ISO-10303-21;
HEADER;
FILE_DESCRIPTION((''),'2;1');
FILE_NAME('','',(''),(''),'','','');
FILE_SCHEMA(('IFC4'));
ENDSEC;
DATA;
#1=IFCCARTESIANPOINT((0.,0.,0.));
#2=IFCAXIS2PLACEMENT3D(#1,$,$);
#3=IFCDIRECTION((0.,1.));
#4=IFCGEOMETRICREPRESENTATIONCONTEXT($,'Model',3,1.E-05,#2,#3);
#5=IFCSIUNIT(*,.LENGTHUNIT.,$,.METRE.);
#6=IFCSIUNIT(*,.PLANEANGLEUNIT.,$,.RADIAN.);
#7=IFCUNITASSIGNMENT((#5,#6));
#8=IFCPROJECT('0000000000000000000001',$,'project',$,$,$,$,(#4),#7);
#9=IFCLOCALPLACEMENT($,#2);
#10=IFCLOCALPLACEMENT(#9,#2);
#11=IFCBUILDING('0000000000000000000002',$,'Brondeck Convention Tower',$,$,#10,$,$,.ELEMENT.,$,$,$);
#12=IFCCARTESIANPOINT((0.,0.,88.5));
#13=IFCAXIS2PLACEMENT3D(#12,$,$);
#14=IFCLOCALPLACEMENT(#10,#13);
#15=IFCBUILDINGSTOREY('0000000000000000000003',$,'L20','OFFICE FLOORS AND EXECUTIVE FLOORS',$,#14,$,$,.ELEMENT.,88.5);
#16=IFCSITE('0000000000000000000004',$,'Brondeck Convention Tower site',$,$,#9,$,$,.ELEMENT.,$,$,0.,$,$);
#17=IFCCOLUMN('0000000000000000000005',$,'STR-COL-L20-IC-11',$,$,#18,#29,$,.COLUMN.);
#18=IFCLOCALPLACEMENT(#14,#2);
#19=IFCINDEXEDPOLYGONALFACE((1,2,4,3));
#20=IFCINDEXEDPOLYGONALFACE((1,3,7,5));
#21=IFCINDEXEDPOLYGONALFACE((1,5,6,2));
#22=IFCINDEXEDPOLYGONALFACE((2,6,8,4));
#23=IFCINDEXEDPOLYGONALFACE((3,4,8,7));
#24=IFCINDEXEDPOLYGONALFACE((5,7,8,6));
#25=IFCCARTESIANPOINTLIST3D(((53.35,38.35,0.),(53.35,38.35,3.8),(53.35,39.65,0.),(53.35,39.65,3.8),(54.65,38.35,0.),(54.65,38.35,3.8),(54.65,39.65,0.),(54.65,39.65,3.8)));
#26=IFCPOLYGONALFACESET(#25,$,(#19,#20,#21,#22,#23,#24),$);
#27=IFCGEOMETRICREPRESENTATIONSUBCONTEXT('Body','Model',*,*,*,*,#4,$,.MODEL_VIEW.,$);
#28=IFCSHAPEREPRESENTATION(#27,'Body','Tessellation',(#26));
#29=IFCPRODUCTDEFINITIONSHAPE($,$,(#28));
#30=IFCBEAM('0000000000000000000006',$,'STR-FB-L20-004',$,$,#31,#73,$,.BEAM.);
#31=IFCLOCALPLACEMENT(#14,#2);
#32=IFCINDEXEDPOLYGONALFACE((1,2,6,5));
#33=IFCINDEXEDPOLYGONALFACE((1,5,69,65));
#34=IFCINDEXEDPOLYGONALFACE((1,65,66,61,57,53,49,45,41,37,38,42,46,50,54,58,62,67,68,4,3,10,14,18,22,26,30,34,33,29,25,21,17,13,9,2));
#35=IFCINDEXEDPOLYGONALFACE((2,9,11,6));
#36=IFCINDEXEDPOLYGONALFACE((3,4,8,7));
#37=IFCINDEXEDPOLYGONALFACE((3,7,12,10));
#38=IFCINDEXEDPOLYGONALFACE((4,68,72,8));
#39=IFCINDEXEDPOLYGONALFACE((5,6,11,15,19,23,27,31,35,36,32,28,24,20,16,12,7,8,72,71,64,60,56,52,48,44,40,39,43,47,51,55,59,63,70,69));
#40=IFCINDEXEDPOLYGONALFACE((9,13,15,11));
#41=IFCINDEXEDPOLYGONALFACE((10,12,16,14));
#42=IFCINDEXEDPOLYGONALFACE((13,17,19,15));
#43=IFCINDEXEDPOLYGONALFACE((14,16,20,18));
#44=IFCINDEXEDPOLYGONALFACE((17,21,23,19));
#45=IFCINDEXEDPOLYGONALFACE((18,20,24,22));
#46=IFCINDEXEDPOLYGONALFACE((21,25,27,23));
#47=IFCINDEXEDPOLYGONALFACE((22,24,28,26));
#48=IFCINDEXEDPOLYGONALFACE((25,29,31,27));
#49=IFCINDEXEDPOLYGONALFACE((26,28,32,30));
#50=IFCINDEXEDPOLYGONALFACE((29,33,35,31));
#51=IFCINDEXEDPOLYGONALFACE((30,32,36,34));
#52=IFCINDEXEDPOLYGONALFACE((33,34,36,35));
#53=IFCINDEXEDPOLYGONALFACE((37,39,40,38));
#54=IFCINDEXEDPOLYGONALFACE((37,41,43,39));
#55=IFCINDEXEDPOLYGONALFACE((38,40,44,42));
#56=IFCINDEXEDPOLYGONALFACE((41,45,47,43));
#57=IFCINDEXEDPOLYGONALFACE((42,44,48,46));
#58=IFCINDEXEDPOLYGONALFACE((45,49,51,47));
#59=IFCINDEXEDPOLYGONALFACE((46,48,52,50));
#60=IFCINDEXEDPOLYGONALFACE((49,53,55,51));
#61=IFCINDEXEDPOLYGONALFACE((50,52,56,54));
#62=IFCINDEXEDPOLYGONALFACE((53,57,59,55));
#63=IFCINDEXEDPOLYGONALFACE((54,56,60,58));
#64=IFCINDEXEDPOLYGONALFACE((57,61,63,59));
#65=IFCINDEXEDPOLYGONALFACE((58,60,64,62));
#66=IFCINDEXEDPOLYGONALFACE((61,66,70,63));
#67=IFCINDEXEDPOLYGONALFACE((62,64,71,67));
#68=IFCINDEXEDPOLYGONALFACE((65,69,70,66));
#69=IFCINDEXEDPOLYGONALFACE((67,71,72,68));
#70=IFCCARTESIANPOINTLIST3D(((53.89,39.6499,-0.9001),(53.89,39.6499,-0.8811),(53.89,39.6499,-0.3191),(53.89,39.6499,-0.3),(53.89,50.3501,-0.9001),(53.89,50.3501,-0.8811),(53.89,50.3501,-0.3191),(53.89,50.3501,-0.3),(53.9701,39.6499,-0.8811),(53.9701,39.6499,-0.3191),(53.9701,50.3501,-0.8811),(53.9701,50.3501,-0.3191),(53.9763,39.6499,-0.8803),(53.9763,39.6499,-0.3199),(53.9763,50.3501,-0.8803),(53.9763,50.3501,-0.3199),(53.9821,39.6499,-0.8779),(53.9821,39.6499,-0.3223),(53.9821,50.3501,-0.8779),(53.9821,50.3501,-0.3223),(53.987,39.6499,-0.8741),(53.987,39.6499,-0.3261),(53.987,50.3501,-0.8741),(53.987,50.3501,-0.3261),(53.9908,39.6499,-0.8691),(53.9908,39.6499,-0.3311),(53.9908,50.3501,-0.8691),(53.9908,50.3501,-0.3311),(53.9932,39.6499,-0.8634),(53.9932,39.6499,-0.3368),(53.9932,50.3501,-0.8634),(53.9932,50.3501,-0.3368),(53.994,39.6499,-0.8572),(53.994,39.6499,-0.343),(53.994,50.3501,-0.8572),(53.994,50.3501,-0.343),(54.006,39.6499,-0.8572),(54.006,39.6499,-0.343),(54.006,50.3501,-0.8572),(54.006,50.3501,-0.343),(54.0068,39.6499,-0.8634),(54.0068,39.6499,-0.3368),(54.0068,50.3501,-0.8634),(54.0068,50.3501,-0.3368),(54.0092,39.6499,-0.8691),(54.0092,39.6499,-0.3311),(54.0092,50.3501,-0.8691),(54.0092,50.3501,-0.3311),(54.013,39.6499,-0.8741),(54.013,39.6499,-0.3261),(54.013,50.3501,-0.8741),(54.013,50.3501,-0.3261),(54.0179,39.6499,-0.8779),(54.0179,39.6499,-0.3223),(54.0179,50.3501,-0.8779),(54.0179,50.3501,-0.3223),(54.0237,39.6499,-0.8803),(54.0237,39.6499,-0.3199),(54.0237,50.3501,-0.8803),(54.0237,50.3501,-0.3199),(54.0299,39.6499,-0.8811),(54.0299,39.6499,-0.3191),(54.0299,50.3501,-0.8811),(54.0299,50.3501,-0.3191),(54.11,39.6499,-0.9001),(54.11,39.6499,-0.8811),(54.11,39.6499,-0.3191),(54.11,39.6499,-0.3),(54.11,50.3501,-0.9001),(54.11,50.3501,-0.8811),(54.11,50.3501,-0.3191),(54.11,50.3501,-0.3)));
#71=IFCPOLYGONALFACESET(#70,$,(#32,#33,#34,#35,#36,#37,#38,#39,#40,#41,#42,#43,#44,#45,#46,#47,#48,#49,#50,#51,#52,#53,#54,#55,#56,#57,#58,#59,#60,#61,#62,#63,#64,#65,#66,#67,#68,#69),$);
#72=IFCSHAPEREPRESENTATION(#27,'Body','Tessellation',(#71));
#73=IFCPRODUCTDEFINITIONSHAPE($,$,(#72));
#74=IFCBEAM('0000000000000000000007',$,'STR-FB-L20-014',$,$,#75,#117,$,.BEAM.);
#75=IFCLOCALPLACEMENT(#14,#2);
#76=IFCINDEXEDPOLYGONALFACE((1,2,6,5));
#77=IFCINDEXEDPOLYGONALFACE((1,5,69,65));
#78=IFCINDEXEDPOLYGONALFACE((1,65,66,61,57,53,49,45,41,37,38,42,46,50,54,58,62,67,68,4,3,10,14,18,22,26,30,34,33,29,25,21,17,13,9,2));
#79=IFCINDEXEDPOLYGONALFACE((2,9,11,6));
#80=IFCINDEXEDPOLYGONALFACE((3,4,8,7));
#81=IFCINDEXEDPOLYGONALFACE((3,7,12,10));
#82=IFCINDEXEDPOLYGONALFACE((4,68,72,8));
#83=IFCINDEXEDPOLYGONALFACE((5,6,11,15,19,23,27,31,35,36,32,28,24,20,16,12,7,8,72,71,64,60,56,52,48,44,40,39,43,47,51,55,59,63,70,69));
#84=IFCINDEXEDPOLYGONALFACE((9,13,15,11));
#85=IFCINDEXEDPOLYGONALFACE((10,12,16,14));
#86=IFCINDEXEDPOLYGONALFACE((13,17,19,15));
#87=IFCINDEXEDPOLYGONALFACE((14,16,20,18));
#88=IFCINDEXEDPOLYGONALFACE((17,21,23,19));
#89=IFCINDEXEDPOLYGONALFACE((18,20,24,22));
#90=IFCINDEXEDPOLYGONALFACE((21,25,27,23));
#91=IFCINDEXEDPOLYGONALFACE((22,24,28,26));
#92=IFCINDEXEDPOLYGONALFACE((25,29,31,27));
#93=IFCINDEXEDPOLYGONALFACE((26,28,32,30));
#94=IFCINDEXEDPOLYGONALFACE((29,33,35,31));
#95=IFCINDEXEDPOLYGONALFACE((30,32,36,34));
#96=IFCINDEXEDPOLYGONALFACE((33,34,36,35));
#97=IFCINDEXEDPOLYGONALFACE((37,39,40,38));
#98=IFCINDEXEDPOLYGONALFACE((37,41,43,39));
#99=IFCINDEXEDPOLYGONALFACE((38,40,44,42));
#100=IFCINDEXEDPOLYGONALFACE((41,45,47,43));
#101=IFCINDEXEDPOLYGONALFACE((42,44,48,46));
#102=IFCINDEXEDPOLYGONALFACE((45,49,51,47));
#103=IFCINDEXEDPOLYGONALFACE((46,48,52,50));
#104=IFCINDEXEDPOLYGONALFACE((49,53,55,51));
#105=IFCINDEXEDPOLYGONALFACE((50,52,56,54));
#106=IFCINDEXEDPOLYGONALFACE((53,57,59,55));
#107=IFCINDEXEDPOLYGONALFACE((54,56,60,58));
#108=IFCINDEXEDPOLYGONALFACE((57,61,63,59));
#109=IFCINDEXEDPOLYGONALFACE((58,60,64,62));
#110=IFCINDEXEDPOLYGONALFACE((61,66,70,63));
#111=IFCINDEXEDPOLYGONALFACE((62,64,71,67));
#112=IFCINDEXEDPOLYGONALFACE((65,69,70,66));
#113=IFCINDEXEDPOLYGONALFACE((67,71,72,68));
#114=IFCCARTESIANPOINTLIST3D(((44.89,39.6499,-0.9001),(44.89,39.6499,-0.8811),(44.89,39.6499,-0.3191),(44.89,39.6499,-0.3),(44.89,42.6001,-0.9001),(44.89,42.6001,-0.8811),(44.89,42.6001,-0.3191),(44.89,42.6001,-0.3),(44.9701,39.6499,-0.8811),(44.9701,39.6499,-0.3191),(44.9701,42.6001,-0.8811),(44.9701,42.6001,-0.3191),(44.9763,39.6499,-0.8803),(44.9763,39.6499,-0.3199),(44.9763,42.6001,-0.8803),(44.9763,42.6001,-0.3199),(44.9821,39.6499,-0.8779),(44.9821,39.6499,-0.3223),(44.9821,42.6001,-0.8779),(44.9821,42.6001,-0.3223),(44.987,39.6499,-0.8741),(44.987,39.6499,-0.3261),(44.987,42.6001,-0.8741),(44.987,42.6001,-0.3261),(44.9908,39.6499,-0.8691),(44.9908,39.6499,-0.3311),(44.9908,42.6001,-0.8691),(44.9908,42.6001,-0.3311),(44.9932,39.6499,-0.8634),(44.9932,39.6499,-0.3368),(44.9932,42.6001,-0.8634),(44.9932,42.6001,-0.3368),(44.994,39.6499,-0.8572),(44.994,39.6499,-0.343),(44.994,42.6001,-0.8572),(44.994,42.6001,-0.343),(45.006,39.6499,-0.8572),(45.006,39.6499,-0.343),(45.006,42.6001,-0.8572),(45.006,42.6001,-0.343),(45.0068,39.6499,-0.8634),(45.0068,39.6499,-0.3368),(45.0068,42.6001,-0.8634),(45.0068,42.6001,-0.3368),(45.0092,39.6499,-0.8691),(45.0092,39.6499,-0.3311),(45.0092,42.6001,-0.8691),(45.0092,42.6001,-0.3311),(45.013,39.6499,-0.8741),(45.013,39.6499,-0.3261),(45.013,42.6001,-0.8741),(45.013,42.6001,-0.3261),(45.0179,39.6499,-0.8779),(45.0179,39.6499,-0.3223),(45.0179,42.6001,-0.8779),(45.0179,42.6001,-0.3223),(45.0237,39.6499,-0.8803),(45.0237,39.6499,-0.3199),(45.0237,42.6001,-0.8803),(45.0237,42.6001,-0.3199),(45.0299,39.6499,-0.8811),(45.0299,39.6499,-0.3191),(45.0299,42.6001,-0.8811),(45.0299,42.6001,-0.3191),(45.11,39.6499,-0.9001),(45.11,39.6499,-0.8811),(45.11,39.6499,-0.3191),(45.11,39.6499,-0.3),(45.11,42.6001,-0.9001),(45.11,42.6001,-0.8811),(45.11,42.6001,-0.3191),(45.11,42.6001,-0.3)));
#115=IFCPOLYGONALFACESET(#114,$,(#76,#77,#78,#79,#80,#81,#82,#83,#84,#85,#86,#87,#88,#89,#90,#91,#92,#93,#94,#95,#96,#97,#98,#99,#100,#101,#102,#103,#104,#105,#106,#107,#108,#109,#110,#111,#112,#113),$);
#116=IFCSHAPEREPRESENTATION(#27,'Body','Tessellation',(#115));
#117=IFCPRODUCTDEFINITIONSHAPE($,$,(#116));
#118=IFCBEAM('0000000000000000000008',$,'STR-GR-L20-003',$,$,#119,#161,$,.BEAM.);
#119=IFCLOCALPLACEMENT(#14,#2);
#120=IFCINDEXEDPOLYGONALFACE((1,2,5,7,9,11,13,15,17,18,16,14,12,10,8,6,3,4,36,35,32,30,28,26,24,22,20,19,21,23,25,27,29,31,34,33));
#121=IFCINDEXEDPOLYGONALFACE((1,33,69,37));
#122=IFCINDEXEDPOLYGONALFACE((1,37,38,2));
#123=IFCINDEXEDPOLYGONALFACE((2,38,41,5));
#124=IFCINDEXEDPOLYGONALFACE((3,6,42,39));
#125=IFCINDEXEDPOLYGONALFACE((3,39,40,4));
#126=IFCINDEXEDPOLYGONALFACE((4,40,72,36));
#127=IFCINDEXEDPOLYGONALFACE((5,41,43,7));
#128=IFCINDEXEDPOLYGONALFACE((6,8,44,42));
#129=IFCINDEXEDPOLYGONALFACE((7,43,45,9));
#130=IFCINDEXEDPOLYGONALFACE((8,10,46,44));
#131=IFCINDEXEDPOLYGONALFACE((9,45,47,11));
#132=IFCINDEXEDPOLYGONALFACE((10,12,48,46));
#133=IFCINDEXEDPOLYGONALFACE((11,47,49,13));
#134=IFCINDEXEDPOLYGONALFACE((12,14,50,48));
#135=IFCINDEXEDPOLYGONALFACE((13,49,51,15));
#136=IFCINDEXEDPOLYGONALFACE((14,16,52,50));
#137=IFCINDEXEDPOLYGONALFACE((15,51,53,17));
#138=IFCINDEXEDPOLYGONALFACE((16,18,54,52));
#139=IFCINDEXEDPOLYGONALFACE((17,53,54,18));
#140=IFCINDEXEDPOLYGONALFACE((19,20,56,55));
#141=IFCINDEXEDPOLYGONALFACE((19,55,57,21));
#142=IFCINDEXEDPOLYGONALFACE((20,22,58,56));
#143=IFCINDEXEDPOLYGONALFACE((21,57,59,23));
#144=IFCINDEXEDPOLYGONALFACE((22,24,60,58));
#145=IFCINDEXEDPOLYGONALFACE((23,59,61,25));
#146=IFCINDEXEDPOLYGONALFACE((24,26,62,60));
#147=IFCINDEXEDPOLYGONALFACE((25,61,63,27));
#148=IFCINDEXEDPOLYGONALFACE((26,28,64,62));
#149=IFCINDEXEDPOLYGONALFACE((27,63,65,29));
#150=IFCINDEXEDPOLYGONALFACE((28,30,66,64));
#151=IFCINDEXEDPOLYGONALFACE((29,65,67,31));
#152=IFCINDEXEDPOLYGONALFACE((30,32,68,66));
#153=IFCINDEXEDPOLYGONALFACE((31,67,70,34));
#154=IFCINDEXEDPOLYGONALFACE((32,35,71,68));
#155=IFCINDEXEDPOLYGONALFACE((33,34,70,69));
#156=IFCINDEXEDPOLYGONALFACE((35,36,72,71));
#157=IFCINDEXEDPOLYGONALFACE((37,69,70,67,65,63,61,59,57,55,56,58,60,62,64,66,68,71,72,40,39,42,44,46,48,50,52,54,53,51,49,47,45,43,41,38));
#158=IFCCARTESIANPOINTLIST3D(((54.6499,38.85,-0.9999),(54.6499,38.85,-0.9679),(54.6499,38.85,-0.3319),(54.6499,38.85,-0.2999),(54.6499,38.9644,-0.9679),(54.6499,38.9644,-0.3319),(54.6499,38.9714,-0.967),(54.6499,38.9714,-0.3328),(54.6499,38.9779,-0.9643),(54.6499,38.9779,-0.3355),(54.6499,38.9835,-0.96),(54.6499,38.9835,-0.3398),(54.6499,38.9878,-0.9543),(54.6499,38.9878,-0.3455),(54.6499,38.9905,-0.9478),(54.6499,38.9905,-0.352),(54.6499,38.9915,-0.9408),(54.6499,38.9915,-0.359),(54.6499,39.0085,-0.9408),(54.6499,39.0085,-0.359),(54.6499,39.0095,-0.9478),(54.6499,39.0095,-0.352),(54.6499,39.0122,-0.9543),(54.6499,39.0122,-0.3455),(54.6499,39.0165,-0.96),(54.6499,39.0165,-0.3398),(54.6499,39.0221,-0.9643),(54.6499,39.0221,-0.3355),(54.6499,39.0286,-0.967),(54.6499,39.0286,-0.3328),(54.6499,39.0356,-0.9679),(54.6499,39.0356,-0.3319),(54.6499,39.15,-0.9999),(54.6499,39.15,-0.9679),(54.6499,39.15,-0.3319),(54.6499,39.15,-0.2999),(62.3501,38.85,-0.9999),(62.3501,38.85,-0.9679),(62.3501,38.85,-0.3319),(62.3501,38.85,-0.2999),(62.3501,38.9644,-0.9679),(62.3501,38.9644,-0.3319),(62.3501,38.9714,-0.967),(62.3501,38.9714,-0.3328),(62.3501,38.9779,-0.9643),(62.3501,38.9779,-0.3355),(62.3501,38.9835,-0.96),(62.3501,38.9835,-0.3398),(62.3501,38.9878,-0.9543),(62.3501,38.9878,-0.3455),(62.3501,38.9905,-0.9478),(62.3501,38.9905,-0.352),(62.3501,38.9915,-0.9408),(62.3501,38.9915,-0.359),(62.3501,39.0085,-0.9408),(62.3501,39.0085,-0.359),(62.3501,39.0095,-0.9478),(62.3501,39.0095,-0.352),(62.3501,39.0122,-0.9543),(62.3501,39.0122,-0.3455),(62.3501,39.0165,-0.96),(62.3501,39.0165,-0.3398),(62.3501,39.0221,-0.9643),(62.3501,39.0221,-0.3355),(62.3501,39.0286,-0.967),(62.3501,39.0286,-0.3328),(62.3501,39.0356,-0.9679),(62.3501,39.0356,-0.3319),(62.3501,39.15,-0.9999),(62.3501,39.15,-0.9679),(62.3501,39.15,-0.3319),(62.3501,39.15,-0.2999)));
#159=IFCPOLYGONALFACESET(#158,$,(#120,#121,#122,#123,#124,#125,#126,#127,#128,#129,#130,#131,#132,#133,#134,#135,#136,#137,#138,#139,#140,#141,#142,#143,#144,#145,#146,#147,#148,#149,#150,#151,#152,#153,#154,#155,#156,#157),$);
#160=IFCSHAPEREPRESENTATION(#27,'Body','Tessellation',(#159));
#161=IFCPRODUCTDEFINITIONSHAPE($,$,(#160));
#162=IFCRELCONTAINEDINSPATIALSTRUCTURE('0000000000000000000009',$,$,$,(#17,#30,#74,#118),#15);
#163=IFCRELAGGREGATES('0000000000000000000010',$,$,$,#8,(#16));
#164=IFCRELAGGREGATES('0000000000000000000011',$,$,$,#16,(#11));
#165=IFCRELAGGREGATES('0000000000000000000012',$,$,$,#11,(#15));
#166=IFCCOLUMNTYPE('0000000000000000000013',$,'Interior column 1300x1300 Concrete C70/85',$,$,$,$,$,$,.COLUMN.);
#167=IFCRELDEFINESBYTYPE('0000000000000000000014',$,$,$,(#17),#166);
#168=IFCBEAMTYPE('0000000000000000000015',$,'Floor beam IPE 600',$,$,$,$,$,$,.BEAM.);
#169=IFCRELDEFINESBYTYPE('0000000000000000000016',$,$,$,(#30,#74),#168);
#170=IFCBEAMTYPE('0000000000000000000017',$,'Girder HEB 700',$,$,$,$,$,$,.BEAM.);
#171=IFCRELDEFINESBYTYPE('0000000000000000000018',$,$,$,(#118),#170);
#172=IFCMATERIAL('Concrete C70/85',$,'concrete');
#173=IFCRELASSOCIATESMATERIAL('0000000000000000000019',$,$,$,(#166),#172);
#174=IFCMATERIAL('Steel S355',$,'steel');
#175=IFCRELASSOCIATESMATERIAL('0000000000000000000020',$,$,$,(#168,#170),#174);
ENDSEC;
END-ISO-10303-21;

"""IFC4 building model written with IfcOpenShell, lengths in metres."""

from ifc_helpers import new_model, si_unit, direction, frame, origin, origin_2d, place, context, subcontext, project, spatial, rectangle, i_section, extrude, material, material_profile, profile_set, type_object, element, save


model = new_model("IFC4")

# Units and contexts
model_context = context("Model", 3, precision=1e-05, world=origin(), true_north=direction((0.0, 1.0)))
body_context = subcontext(model_context, "Body", "Model", "MODEL_VIEW")
ifc_project = project(units=[si_unit("LENGTHUNIT", "METRE"), si_unit("PLANEANGLEUNIT", "RADIAN")], contexts=[model_context])

# Site, building, storey
site_placement = place(None, origin())
site = spatial("IfcSite", under=ifc_project, at=site_placement, Name="Brondeck Convention Tower site", CompositionType="ELEMENT", RefElevation=0.0)
building_placement = place(site_placement, origin())
building = spatial("IfcBuilding", under=site, at=building_placement, Name="Brondeck Convention Tower", CompositionType="ELEMENT")
storey_placement = place(building_placement, frame((0.0, 0.0, 88.5)))
storey = spatial("IfcBuildingStorey", under=building, at=storey_placement, Name="L20", Description="OFFICE FLOORS AND EXECUTIVE FLOORS", CompositionType="ELEMENT", Elevation=88.5)

# Column
ifc_material_1 = material(Name="Concrete C70/85", Category="concrete")
ifc_material_profile_1 = material_profile(ifc_material_1, rectangle(XDim=1.3, YDim=1.3, at=origin_2d()), Name="Interior column 1300x1300 Concrete C70/85")
ifc_profile_set_1 = profile_set([ifc_material_profile_1], Name="Concrete C70/85")
column_type = type_object("IfcColumnType", Name="Interior column 1300x1300 Concrete C70/85", PredefinedType="COLUMN", material=ifc_profile_set_1)
column_placement = place(storey_placement, frame((54.0, 39.0, 0.0), z_axis=(0.0, 0.0, 1.0), x_axis=(1.0, 0.0, 0.0)))
element("IfcColumn", 1, at=column_placement, inside=storey, type_object=column_type, Name="STR-COL-L20-IC-11", PredefinedType="COLUMN", context=body_context, shape_type="SweptSolid", body=[
    extrude(rectangle(XDim=1.3, YDim=1.3, at=origin_2d()), origin(), (0.0, 0.0, 1.0), 3.8),
])

# Beams
ifc_material_2 = material(Name="Steel S355", Category="steel")
ifc_material_profile_2 = material_profile(ifc_material_2, i_section(OverallWidth=0.22, OverallDepth=0.6001, WebThickness=0.012, FlangeThickness=0.019, FilletRadius=0.0239, at=origin_2d()), Name="IPE 600")
ifc_profile_set_2 = profile_set([ifc_material_profile_2], Name="Steel S355")
beam_type_1 = type_object("IfcBeamType", Name="Floor beam IPE 600", PredefinedType="BEAM", material=ifc_profile_set_2)
beam_1_placement = place(storey_placement, frame((54.0, 39.6499, -0.6001), z_axis=(0.0, 1.0, 0.0), x_axis=(-1.0, 0.0, 0.0)))
element("IfcBeam", 2, at=beam_1_placement, inside=storey, type_object=beam_type_1, Name="STR-FB-L20-004", PredefinedType="BEAM", context=body_context, shape_type="SweptSolid", body=[
    extrude(i_section(OverallWidth=0.22, OverallDepth=0.6001, WebThickness=0.012, FlangeThickness=0.019, FilletRadius=0.0239, at=origin_2d()), origin(), (0.0, 0.0, 1.0), 10.7002),
])
beam_2_placement = place(storey_placement, frame((45.0, 39.6499, -0.6001), z_axis=(0.0, 1.0, 0.0), x_axis=(-1.0, 0.0, 0.0)))
element("IfcBeam", 3, at=beam_2_placement, inside=storey, type_object=beam_type_1, Name="STR-FB-L20-014", PredefinedType="BEAM", context=body_context, shape_type="SweptSolid", body=[
    extrude(i_section(OverallWidth=0.22, OverallDepth=0.6001, WebThickness=0.012, FlangeThickness=0.019, FilletRadius=0.0239, at=origin_2d()), origin(), (0.0, 0.0, 1.0), 2.9502),
])
ifc_material_profile_3 = material_profile(ifc_material_2, i_section(OverallWidth=0.3, OverallDepth=0.7, WebThickness=0.0171, FlangeThickness=0.032, FilletRadius=0.0271, at=origin_2d()), Name="HEB 700")
ifc_profile_set_3 = profile_set([ifc_material_profile_3], Name="Steel S355")
beam_type_2 = type_object("IfcBeamType", Name="Girder HEB 700", PredefinedType="BEAM", material=ifc_profile_set_3)
beam_3_placement = place(storey_placement, frame((54.6499, 39.0, -0.6499), z_axis=(1.0, 0.0, 0.0), x_axis=(0.0, 1.0, 0.0)))
element("IfcBeam", 4, at=beam_3_placement, inside=storey, type_object=beam_type_2, Name="STR-GR-L20-003", PredefinedType="BEAM", context=body_context, shape_type="SweptSolid", body=[
    extrude(i_section(OverallWidth=0.3, OverallDepth=0.7, WebThickness=0.0171, FlangeThickness=0.032, FilletRadius=0.0271, at=origin_2d()), origin(), (0.0, 0.0, 1.0), 7.7002),
])

save(model, "model.ifc")
